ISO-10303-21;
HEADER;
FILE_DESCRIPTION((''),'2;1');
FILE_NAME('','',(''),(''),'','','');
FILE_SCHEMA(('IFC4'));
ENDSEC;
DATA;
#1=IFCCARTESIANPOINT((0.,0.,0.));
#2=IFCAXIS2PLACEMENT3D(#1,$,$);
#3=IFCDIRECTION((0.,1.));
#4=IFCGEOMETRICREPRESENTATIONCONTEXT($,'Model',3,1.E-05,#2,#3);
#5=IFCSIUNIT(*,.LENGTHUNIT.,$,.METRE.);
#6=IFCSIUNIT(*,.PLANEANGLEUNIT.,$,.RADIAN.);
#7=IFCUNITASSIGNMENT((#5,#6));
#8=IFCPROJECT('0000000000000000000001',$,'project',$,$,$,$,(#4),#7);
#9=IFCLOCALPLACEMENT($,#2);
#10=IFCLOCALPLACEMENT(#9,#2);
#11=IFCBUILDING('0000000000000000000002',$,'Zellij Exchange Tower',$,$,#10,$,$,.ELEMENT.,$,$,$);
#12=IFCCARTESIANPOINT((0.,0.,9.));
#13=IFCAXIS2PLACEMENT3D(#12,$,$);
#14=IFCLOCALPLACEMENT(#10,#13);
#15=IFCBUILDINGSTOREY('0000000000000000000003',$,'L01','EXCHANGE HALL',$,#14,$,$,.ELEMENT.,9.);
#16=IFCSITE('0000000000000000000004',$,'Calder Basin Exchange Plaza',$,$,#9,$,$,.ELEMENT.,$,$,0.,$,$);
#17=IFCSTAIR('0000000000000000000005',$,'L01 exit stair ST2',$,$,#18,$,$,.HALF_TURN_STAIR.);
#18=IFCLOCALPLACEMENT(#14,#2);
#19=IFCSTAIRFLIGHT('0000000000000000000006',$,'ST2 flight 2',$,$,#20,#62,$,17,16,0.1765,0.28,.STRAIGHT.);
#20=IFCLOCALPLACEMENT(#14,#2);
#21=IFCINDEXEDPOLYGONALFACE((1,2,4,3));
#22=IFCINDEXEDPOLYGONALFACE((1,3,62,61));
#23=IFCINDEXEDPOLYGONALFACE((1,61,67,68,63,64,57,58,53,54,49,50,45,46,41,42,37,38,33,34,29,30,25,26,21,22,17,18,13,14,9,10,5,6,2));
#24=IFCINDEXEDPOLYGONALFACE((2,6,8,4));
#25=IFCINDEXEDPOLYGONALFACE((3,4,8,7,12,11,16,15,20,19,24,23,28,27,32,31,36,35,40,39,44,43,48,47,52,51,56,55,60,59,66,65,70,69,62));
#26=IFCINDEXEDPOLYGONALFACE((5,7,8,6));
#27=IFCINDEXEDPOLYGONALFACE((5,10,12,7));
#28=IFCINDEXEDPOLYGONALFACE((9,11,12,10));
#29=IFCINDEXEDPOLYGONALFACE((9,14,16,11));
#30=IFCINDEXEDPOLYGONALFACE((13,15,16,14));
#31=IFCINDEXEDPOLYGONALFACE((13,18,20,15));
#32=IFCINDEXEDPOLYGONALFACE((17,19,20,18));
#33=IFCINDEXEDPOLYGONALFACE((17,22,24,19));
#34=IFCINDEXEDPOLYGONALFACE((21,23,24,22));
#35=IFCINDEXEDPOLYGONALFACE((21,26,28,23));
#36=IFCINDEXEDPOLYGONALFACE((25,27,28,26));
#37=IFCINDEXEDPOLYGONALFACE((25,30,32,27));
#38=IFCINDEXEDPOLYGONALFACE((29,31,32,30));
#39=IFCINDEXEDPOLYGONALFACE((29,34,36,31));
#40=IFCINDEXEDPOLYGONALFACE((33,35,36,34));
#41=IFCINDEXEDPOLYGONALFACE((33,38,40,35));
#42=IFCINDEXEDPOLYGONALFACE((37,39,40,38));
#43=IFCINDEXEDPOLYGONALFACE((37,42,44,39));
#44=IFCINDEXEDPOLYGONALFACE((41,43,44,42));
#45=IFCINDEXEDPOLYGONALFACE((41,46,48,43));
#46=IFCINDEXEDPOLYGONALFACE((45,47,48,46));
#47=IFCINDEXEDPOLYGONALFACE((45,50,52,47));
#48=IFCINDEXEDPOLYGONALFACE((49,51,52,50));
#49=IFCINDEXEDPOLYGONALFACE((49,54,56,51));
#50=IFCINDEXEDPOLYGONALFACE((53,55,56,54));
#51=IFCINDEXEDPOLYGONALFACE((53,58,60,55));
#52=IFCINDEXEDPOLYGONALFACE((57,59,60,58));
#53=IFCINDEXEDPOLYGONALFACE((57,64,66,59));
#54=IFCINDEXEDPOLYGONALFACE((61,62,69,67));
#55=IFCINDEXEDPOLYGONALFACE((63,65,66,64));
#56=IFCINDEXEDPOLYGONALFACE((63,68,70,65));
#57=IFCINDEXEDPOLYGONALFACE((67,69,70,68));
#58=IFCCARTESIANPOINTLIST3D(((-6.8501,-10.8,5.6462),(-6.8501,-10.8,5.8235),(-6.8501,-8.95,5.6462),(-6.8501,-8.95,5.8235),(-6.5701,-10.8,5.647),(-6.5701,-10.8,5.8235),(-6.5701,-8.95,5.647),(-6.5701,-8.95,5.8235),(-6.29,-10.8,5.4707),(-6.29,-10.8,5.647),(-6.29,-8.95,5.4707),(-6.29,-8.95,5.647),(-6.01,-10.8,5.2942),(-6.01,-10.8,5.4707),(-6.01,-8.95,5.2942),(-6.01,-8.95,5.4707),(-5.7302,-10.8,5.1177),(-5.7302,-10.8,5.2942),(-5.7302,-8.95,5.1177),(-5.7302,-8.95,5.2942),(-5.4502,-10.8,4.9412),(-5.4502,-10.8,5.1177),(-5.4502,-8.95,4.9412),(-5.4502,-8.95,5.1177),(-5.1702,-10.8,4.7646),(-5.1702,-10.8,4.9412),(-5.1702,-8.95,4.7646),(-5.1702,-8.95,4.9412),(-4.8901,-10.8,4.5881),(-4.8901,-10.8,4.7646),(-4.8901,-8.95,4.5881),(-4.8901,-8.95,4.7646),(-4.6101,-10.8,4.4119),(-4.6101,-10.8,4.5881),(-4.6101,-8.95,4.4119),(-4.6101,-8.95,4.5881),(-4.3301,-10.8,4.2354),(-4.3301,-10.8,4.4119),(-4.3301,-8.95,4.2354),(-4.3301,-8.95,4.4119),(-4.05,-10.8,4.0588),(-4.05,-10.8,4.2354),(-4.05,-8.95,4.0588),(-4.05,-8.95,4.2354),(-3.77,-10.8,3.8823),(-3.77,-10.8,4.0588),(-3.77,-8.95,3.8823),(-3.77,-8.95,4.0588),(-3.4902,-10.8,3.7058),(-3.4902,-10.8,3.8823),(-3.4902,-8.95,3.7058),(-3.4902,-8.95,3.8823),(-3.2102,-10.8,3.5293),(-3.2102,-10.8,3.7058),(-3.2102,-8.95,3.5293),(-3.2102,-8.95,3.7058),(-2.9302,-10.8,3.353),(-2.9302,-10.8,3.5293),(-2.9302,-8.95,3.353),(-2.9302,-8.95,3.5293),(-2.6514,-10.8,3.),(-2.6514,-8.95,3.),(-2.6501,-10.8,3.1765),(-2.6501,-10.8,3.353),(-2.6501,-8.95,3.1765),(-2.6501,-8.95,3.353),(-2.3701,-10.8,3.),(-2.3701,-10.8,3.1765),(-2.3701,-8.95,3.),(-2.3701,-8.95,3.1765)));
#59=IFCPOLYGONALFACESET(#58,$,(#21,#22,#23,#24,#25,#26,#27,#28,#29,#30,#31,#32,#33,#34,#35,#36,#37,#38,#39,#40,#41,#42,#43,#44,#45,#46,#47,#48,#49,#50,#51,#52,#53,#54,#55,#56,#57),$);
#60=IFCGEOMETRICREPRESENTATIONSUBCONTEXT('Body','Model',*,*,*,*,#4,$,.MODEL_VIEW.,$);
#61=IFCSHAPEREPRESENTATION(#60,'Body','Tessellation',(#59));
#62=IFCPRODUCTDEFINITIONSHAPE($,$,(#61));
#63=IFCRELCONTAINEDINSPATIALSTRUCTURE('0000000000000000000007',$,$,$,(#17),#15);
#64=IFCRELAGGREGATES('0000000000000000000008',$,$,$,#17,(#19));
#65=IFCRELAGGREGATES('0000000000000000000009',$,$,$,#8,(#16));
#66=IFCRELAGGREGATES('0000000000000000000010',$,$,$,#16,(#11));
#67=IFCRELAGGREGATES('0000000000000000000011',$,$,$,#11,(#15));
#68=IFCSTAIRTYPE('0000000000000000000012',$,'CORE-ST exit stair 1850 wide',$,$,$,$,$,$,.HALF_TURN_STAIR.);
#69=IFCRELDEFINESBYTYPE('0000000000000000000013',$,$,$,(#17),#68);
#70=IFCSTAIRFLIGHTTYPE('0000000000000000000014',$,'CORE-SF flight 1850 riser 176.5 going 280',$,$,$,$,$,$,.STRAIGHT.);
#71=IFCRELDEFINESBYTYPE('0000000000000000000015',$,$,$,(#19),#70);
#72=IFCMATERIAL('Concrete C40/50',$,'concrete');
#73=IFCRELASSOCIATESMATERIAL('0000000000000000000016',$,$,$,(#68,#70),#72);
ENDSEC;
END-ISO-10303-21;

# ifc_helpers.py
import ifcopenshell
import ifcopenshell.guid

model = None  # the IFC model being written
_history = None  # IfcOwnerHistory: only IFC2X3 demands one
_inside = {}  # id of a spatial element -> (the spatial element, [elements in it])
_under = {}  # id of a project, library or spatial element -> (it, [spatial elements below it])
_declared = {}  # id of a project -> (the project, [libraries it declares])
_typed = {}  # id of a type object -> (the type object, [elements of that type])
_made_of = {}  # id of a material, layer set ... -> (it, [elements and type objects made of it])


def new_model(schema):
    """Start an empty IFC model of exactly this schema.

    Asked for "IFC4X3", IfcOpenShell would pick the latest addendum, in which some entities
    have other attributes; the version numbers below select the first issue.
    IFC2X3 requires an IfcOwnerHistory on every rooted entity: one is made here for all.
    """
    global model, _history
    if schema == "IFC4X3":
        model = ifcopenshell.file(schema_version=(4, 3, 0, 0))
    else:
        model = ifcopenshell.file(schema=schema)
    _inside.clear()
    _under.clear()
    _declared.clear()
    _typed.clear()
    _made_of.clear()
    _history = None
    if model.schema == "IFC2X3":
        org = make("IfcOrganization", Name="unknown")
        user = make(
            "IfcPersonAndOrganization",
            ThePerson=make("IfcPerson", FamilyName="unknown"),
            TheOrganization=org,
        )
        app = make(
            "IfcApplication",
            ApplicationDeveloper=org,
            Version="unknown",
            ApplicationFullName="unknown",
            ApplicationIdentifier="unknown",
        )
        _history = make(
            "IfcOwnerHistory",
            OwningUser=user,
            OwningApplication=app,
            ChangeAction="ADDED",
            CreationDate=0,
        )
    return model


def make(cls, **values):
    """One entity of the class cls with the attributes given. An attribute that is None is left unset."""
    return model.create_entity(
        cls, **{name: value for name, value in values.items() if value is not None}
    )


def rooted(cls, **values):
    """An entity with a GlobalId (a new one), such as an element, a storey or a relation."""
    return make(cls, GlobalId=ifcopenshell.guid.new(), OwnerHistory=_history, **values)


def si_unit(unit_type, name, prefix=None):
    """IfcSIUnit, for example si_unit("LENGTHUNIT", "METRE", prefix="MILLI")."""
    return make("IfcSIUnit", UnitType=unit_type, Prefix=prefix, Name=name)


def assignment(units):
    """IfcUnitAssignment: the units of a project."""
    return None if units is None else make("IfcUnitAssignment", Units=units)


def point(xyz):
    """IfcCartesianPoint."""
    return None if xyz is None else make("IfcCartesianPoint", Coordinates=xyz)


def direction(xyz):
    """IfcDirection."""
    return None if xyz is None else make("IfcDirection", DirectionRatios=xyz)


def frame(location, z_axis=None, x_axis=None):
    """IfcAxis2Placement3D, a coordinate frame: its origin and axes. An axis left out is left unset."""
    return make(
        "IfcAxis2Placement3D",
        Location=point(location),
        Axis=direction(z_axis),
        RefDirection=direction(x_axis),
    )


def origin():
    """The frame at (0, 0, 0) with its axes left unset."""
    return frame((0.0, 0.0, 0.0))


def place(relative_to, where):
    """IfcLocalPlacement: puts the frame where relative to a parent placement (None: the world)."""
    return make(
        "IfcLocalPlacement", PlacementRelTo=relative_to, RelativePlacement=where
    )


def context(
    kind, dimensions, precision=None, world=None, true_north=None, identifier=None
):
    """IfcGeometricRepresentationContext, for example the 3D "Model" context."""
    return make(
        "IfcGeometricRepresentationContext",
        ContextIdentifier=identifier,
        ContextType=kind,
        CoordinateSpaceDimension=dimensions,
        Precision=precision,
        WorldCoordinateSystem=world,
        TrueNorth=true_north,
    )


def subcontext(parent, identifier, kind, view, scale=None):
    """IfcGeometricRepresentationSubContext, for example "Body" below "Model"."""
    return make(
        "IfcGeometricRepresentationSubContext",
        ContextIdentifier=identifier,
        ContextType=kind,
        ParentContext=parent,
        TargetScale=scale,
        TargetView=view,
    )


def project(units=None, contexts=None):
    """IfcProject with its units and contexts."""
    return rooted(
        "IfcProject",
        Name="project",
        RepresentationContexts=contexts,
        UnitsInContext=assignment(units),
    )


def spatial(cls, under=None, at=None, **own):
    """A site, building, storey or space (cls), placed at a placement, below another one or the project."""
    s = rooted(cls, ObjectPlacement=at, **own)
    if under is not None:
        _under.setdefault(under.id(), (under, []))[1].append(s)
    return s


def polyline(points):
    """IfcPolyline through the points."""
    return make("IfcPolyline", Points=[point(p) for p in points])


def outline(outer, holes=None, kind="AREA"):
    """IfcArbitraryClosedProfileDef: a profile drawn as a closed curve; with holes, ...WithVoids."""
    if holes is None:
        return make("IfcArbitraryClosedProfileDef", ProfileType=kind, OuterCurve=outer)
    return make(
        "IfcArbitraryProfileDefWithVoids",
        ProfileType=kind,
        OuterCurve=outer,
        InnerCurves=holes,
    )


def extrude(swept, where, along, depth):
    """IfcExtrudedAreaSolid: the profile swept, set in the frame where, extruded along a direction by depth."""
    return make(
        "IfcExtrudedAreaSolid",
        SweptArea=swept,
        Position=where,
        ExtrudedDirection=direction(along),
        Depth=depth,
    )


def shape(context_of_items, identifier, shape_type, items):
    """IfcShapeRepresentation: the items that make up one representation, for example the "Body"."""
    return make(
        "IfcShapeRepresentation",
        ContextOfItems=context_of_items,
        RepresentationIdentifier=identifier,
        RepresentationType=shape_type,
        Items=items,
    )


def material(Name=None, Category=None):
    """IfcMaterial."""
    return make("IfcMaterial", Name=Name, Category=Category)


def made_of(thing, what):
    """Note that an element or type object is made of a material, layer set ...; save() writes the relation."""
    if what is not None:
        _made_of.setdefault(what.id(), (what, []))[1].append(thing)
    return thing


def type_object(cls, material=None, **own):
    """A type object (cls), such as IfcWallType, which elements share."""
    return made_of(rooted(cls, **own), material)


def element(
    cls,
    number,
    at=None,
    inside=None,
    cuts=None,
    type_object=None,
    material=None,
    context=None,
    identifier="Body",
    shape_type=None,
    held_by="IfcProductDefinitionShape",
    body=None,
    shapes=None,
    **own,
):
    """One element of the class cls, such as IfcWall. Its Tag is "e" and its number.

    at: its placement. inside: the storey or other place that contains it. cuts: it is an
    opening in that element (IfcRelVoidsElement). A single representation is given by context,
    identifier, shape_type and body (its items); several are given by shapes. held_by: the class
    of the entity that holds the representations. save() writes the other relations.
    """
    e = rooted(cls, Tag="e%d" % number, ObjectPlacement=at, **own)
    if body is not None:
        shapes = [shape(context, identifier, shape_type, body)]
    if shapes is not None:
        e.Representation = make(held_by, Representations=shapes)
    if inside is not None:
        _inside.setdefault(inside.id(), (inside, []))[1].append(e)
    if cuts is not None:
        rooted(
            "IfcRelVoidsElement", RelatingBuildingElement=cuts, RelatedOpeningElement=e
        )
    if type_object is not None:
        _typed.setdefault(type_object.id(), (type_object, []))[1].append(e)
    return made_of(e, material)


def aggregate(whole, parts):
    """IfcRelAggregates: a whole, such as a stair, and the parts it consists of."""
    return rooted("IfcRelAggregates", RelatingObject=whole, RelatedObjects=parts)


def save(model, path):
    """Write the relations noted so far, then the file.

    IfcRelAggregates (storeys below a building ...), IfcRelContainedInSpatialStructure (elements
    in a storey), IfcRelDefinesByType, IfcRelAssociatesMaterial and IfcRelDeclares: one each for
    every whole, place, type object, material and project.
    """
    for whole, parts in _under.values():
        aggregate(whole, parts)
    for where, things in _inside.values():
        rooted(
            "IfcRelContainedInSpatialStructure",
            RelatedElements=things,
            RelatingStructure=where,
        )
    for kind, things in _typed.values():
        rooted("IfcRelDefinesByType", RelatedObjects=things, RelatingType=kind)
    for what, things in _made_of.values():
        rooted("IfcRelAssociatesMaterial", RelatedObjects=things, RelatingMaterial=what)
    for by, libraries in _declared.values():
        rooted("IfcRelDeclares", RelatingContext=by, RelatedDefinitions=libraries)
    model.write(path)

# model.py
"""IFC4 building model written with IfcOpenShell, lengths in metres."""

from ifc_helpers import new_model, si_unit, direction, frame, origin, place, context, subcontext, project, spatial, polyline, outline, extrude, material, type_object, element, aggregate, save


model = new_model("IFC4")

# Units and contexts
model_context = context("Model", 3, precision=1e-05, world=origin(), true_north=direction((0.0, 1.0)))
body_context = subcontext(model_context, "Body", "Model", "MODEL_VIEW")
ifc_project = project(units=[si_unit("LENGTHUNIT", "METRE"), si_unit("PLANEANGLEUNIT", "RADIAN")], contexts=[model_context])

# Site, building, storey
site_placement = place(None, origin())
site = spatial("IfcSite", under=ifc_project, at=site_placement, Name="Calder Basin Exchange Plaza", CompositionType="ELEMENT", RefElevation=0.0)
building_placement = place(site_placement, origin())
building = spatial("IfcBuilding", under=site, at=building_placement, Name="Zellij Exchange Tower", CompositionType="ELEMENT")
storey_placement = place(building_placement, frame((0.0, 0.0, 9.0)))
storey = spatial("IfcBuildingStorey", under=building, at=storey_placement, Name="L01", Description="EXCHANGE HALL", CompositionType="ELEMENT", Elevation=9.0)

# Stair, stair flight
ifc_material_1 = material(Name="Concrete C40/50", Category="concrete")
stair_type = type_object("IfcStairType", Name="CORE-ST exit stair 1850 wide", PredefinedType="HALF_TURN_STAIR", material=ifc_material_1)
stair_placement = place(storey_placement, origin())
stair = element("IfcStair", 1, at=stair_placement, inside=storey, type_object=stair_type, Name="L01 exit stair ST2", PredefinedType="HALF_TURN_STAIR")
stair_flight_type = type_object("IfcStairFlightType", Name="CORE-SF flight 1850 riser 176.5 going 280", PredefinedType="STRAIGHT", material=ifc_material_1)
stair_flight_1_placement = place(storey_placement, frame((-2.3701, -9.875, 3.0), z_axis=(0.0, 0.0, 1.0), x_axis=(-1.0, 0.0, 0.0)))
stair_flight_1 = element("IfcStairFlight", 2, at=stair_flight_1_placement, type_object=stair_flight_type, Name="ST2 flight 2", NumberOfRisers=17, NumberOfTreads=16, PredefinedType="STRAIGHT", RiserHeight=0.1765, TreadLength=0.28, context=body_context, shape_type="SweptSolid", body=[
    extrude(outline(polyline([(0.0, 0.0), (0.0, 0.1765), (0.28, 0.1765), (0.28, 0.353), (0.5601, 0.353), (0.5601, 0.5293), (0.8401, 0.5293), (0.8401, 0.7058), (1.1201, 0.7058), (1.1201, 0.8823), (1.3999, 0.8823), (1.3999, 1.0588), (1.6799, 1.0588), (1.6799, 1.2354), (1.96, 1.2354), (1.96, 1.4119), (2.24, 1.4119), (2.24, 1.5881), (2.52, 1.5881), (2.52, 1.7646), (2.8, 1.7646), (2.8, 1.9412), (3.0801, 1.9412), (3.0801, 2.1177), (3.3601, 2.1177), (3.3601, 2.2942), (3.6399, 2.2942), (3.6399, 2.4707), (3.9199, 2.4707), (3.9199, 2.647), (4.2, 2.647), (4.2, 2.8235), (4.48, 2.8235), (4.48, 3.0), (4.48, 2.6462), (0.2812, 0.0), (0.0, 0.0)])), frame((0.0, 0.925, 0.0), z_axis=(0.0, -1.0, 0.0), x_axis=(1.0, 0.0, 0.0)), (0.0, 0.0, 1.0), 1.8501),
])
aggregate(stair, [stair_flight_1])

save(model, "model.ifc")
